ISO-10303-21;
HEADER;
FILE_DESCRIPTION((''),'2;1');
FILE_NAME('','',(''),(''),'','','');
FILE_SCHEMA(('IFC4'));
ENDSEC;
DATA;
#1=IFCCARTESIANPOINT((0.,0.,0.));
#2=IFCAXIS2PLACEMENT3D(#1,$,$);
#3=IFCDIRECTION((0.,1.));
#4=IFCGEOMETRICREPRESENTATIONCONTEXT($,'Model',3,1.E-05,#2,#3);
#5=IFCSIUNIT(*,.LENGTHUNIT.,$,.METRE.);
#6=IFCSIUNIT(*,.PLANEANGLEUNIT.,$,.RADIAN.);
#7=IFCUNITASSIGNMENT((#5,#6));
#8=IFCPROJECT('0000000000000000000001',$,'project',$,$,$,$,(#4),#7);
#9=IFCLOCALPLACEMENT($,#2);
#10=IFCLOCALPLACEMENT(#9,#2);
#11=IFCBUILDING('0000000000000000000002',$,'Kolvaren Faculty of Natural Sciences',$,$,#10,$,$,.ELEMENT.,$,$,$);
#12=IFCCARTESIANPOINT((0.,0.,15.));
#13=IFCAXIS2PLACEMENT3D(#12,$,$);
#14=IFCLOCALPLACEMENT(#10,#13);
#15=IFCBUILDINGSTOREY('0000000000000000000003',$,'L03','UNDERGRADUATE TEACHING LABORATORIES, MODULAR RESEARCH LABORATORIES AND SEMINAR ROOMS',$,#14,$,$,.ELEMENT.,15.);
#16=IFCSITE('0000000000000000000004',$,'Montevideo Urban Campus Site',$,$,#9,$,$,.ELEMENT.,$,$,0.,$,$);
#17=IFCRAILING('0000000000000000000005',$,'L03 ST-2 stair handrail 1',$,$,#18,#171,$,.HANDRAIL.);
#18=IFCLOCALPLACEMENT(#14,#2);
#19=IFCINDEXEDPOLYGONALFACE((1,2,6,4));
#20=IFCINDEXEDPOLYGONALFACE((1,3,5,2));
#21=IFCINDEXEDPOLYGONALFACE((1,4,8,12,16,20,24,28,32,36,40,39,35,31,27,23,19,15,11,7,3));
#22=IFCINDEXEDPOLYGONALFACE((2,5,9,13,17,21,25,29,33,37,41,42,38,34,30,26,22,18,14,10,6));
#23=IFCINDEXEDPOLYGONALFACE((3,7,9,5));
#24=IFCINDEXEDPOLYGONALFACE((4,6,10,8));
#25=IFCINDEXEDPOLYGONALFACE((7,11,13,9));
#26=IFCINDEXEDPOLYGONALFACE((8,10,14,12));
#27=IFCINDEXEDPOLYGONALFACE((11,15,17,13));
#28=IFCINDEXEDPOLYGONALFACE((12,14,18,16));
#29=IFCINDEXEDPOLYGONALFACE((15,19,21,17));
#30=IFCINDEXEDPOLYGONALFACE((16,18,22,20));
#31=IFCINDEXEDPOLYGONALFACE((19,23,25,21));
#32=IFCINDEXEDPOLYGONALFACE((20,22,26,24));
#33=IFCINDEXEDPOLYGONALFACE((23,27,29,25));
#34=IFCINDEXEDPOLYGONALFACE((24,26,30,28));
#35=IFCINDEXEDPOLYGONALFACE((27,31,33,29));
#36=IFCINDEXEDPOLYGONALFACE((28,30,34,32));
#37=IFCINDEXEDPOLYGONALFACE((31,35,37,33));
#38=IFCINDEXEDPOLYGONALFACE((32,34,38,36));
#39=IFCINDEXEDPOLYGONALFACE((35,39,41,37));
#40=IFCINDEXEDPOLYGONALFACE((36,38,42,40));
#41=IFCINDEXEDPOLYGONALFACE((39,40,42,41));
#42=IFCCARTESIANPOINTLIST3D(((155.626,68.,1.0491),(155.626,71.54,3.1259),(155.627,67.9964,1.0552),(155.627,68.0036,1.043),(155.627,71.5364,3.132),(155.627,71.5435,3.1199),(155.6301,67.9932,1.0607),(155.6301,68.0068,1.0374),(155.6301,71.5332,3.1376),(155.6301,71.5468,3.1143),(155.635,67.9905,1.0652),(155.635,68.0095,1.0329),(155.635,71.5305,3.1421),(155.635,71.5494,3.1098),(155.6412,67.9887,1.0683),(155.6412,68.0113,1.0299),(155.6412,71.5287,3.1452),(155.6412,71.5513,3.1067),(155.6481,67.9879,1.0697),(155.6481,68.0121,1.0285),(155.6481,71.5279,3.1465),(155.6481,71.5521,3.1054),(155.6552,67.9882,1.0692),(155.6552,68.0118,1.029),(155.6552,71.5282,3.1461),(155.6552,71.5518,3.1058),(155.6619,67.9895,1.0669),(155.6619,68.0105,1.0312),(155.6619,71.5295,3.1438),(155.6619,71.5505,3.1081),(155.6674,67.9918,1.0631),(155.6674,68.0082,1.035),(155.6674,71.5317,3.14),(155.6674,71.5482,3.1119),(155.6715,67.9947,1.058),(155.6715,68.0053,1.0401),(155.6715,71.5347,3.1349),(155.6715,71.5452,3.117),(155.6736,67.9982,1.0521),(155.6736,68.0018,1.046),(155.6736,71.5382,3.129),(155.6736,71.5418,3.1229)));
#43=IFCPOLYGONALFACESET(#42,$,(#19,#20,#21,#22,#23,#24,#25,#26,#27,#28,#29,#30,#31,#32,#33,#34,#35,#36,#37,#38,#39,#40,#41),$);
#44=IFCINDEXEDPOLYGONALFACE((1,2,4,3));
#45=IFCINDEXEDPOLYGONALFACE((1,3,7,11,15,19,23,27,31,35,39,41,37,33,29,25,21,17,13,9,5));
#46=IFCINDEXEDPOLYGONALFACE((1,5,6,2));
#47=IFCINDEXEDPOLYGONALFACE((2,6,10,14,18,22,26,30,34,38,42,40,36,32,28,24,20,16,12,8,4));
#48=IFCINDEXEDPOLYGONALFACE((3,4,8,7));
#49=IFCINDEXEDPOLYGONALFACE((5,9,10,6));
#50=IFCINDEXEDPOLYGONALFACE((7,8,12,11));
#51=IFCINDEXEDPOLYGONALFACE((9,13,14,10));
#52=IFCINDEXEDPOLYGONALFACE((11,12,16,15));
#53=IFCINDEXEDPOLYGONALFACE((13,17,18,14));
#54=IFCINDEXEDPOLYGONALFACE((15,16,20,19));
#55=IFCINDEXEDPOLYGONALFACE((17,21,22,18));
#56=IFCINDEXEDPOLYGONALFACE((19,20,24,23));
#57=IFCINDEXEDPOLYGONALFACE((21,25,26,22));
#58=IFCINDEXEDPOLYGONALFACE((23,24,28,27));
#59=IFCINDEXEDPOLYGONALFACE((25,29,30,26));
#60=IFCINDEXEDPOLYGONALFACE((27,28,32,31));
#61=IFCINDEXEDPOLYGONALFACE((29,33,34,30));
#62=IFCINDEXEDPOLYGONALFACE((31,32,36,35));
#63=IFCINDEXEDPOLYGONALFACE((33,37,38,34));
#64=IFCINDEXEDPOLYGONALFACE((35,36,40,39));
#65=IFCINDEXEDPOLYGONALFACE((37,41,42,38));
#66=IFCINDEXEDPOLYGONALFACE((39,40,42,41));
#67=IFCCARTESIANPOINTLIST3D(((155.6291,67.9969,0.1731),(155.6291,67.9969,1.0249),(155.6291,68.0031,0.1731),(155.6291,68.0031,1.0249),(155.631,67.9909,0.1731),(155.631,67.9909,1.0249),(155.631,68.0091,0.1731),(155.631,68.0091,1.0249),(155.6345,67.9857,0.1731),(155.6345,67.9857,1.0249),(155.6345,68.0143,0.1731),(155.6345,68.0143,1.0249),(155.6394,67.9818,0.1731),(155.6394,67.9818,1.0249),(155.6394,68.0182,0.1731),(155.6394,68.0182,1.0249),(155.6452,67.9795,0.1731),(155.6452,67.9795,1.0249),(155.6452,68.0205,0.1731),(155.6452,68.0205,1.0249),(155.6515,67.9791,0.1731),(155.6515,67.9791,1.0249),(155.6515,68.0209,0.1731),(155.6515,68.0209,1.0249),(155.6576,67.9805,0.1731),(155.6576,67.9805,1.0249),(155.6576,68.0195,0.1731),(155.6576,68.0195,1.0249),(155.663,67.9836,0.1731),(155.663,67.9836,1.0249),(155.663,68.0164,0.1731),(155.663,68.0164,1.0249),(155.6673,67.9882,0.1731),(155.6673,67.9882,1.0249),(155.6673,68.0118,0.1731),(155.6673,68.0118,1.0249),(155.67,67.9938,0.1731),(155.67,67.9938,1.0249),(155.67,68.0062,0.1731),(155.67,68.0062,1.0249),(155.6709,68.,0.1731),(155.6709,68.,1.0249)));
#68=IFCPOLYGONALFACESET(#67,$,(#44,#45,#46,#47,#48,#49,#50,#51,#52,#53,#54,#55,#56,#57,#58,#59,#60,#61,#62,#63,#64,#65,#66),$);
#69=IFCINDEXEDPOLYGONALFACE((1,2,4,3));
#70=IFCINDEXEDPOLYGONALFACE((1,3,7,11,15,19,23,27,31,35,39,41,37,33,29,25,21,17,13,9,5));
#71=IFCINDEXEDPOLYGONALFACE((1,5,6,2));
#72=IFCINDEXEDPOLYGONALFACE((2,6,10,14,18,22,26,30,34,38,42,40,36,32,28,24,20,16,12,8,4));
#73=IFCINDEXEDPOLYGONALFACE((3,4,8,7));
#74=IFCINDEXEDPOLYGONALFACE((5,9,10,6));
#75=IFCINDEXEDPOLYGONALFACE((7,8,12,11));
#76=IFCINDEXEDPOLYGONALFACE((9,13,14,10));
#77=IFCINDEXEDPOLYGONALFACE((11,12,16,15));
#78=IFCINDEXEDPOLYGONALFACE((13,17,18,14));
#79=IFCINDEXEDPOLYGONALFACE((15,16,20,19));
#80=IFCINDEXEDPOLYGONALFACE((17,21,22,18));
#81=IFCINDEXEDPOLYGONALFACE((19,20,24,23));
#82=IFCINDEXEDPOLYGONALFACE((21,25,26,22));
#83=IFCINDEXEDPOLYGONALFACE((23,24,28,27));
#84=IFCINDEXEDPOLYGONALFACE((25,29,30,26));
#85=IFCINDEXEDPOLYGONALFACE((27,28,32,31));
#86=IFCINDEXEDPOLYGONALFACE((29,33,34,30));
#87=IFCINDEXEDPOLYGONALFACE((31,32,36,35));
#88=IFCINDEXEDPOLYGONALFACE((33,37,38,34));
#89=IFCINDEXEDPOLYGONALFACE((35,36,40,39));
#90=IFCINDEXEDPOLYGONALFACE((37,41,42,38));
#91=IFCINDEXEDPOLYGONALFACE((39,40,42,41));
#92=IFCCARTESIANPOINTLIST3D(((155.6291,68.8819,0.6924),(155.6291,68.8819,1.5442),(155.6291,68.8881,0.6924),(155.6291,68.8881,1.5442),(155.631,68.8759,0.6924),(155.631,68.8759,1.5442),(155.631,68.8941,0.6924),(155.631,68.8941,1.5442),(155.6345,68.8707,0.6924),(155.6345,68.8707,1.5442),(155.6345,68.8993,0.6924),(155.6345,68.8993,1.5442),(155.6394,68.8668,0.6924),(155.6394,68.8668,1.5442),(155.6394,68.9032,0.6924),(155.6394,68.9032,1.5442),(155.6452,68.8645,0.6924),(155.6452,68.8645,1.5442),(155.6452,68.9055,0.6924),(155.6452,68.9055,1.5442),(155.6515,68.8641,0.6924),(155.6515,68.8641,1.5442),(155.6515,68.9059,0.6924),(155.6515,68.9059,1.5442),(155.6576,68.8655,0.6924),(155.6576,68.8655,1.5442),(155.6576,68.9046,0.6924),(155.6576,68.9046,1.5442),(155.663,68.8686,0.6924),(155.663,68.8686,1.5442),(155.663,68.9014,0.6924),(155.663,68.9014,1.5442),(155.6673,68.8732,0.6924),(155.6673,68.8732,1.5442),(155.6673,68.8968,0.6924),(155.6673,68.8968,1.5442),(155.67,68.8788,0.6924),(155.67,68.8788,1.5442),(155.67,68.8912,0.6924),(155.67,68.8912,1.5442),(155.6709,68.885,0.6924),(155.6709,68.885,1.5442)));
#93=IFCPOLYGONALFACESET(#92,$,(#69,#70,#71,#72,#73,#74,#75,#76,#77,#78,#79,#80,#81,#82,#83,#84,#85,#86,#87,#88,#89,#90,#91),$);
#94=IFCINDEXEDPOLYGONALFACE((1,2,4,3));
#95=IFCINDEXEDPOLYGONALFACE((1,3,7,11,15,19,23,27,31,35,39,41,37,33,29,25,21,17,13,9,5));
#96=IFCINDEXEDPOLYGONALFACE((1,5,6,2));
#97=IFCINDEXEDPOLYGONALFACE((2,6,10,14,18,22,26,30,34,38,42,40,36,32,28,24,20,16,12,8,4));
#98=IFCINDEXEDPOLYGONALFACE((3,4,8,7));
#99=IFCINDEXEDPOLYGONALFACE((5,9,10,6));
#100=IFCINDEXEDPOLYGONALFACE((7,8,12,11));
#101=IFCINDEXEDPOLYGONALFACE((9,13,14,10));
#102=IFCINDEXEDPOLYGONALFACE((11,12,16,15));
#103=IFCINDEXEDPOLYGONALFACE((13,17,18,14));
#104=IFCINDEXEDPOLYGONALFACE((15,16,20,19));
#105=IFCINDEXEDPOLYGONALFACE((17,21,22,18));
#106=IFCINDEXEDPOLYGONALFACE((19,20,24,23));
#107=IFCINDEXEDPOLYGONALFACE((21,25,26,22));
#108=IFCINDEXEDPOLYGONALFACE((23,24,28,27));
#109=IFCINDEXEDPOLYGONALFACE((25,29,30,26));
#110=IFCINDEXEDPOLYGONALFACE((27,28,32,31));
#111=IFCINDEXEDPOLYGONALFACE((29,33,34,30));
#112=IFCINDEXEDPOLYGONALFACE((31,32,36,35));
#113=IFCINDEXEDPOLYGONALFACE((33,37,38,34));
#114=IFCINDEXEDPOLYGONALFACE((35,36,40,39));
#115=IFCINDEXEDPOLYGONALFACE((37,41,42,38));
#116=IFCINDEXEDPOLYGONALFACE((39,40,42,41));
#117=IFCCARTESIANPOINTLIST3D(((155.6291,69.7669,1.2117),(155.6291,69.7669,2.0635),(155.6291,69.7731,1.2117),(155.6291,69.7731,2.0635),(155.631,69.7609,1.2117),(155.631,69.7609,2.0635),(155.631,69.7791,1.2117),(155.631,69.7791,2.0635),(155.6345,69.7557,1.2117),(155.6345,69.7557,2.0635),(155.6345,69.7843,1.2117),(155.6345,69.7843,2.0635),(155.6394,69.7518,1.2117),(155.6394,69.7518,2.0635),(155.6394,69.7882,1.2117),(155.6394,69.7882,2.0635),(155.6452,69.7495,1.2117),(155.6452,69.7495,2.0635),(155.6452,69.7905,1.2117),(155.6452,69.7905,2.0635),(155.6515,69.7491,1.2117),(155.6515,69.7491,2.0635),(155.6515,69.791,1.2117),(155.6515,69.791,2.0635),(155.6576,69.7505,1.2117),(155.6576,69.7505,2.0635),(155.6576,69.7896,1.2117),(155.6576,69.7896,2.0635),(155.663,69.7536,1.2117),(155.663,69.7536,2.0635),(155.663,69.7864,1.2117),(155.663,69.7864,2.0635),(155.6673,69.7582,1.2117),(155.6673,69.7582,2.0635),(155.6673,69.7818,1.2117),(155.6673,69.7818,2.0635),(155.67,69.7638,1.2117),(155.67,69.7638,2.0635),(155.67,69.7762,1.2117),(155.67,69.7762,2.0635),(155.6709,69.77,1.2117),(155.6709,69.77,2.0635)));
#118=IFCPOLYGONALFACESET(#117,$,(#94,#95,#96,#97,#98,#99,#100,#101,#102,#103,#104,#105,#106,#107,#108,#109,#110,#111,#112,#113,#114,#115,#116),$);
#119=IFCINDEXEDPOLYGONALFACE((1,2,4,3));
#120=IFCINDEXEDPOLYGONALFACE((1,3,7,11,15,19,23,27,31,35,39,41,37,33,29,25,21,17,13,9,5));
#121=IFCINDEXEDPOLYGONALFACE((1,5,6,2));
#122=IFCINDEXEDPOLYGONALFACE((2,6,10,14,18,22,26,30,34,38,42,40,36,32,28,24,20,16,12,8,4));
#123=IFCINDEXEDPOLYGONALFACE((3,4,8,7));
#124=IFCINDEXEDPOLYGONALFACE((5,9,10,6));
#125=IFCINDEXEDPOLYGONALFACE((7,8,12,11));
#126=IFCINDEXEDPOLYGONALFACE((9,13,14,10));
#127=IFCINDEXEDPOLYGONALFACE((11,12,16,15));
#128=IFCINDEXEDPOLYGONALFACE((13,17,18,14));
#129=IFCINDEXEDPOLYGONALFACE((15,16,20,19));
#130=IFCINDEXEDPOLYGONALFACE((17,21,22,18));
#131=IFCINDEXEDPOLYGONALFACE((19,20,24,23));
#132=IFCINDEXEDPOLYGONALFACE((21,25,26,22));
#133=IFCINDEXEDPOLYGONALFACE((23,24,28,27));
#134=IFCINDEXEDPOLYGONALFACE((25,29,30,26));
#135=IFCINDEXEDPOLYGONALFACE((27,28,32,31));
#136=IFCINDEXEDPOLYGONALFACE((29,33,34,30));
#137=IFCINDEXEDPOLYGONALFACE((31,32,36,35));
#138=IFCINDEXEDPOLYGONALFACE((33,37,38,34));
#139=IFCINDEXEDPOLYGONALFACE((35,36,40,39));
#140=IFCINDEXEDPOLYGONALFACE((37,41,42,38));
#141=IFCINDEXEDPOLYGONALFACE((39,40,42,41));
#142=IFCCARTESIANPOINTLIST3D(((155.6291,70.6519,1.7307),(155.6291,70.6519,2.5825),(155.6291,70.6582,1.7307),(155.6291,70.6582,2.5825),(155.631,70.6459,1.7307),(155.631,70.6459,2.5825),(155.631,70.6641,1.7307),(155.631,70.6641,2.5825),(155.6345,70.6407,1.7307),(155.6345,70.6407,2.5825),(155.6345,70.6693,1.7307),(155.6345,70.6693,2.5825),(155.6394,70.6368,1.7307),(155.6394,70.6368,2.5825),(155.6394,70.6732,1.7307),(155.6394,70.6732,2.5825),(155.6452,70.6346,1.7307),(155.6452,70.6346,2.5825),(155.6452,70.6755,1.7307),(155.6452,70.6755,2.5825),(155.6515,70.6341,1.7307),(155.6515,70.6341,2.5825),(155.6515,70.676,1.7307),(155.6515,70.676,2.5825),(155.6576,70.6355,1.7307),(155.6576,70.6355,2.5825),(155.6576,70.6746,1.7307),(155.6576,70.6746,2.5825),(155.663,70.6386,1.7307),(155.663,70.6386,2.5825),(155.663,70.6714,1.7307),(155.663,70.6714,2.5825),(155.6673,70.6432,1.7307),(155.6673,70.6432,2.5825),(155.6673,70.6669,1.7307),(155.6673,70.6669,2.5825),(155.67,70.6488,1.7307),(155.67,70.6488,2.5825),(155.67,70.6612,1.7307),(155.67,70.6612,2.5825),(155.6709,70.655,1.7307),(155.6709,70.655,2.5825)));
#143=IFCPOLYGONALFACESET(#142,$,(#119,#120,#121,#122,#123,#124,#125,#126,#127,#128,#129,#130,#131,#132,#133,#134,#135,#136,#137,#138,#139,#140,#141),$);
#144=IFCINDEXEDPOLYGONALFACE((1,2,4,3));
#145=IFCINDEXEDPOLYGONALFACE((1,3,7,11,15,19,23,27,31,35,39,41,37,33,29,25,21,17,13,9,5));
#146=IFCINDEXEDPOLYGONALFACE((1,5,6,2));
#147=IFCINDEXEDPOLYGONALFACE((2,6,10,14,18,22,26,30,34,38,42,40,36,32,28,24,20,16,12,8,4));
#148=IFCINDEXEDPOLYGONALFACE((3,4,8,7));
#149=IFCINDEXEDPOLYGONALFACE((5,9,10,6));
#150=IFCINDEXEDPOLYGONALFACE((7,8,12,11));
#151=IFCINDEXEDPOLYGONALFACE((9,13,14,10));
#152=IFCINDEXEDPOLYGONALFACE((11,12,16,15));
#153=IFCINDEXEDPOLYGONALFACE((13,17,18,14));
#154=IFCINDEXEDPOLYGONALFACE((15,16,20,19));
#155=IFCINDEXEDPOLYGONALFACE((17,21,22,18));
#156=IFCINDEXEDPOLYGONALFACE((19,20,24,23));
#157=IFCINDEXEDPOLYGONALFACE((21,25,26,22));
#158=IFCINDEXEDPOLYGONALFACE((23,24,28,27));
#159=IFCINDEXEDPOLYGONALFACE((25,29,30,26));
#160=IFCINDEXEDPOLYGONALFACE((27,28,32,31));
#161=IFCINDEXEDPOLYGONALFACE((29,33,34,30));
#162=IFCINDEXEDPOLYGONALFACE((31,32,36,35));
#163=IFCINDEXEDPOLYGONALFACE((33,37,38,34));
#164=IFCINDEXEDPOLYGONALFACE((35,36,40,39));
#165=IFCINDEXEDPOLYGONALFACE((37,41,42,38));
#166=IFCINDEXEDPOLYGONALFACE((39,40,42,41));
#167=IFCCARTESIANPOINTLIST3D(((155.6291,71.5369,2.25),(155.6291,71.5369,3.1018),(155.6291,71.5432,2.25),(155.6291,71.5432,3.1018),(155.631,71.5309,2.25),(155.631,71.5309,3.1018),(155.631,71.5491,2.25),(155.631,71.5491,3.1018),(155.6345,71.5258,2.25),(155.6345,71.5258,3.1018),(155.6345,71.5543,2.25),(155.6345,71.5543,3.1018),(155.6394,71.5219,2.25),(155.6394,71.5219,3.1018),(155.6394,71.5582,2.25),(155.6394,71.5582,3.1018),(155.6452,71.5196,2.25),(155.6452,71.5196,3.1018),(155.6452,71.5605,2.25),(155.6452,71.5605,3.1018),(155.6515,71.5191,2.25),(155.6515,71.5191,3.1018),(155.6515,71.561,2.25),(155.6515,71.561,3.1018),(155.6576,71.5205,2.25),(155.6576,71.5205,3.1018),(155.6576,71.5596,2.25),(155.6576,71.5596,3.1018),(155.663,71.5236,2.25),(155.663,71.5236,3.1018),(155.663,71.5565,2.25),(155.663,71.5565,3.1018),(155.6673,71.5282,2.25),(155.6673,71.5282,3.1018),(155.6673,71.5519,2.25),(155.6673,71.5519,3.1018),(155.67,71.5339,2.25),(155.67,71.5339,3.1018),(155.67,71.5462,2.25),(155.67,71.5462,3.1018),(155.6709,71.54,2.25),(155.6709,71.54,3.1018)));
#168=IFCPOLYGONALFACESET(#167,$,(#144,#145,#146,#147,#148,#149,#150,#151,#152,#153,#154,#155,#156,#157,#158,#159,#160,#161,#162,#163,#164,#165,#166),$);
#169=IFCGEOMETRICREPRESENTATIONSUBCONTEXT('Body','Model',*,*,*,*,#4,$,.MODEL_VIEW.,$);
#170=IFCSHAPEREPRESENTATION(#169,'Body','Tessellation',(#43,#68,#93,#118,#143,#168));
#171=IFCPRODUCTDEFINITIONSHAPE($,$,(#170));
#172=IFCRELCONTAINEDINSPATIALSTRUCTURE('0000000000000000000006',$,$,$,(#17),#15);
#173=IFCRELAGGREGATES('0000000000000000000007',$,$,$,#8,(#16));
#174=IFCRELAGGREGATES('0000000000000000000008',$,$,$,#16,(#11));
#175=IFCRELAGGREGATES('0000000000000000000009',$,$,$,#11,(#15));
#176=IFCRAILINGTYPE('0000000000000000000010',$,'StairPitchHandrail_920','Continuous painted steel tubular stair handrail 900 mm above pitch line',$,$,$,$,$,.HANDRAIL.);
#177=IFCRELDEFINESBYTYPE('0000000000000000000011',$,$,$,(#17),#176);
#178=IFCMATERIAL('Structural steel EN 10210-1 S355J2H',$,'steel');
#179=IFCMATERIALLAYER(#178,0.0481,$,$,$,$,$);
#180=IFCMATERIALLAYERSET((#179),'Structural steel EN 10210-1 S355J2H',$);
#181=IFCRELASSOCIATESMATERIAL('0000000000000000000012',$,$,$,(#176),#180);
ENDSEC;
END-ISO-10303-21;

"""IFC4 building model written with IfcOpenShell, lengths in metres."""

from ifc_helpers import new_model, si_unit, direction, frame, origin, origin_2d, place, context, subcontext, project, spatial, circle, extrude, material, layer, layer_set, type_object, element, save


model = new_model("IFC4")

# Units and contexts
model_context = context("Model", 3, precision=1e-05, world=origin(), true_north=direction((0.0, 1.0)))
body_context = subcontext(model_context, "Body", "Model", "MODEL_VIEW")
ifc_project = project(units=[si_unit("LENGTHUNIT", "METRE"), si_unit("PLANEANGLEUNIT", "RADIAN")], contexts=[model_context])

# Site, building, storey
site_placement = place(None, origin())
site = spatial("IfcSite", under=ifc_project, at=site_placement, Name="Montevideo Urban Campus Site", CompositionType="ELEMENT", RefElevation=0.0)
building_placement = place(site_placement, origin())
building = spatial("IfcBuilding", under=site, at=building_placement, Name="Kolvaren Faculty of Natural Sciences", CompositionType="ELEMENT")
storey_placement = place(building_placement, frame((0.0, 0.0, 15.0)))
storey = spatial("IfcBuildingStorey", under=building, at=storey_placement, Name="L03", Description="UNDERGRADUATE TEACHING LABORATORIES, MODULAR RESEARCH LABORATORIES AND SEMINAR ROOMS", CompositionType="ELEMENT", Elevation=15.0)

# Railing
ifc_material_1 = material(Name="Structural steel EN 10210-1 S355J2H", Category="steel")
ifc_layer_1 = layer(ifc_material_1, 0.0481)
ifc_layer_set_1 = layer_set([ifc_layer_1], Name="Structural steel EN 10210-1 S355J2H")
railing_type_1 = type_object("IfcRailingType", Name="StairPitchHandrail_920", Description="Continuous painted steel tubular stair handrail 900 mm above pitch line", PredefinedType="HANDRAIL", material=ifc_layer_set_1)
for number, where, name in (
    (1, (155.6499, 68.0, 0.1731), "L03 ST-2 stair handrail 1"),
):
    element("IfcRailing", number, at=place(storey_placement, frame(where)), inside=storey, type_object=railing_type_1, Name=name, PredefinedType="HANDRAIL", context=body_context, shape_type="SweptSolid", body=[
        extrude(circle(Radius=0.0239, at=origin_2d()), frame((0.0, 0.0, 0.876), z_axis=(0.0, 0.862516, 0.506029), x_axis=(-1.0, 0.0, 0.0)), (0.0, 0.0, 1.0), 4.1042),
        extrude(circle(Radius=0.021, at=origin_2d()), origin(), (0.0, 0.0, 1.0), 0.8518),
        extrude(circle(Radius=0.021, at=origin_2d()), frame((0.0, 0.885, 0.5193)), (0.0, 0.0, 1.0), 0.8518),
        extrude(circle(Radius=0.021, at=origin_2d()), frame((0.0, 1.77, 1.0386)), (0.0, 0.0, 1.0), 0.8518),
        extrude(circle(Radius=0.021, at=origin_2d()), frame((0.0, 2.655, 1.5576)), (0.0, 0.0, 1.0), 0.8518),
        extrude(circle(Radius=0.021, at=origin_2d()), frame((0.0, 3.54, 2.0769)), (0.0, 0.0, 1.0), 0.8518),
    ])

save(model, "model.ifc")
